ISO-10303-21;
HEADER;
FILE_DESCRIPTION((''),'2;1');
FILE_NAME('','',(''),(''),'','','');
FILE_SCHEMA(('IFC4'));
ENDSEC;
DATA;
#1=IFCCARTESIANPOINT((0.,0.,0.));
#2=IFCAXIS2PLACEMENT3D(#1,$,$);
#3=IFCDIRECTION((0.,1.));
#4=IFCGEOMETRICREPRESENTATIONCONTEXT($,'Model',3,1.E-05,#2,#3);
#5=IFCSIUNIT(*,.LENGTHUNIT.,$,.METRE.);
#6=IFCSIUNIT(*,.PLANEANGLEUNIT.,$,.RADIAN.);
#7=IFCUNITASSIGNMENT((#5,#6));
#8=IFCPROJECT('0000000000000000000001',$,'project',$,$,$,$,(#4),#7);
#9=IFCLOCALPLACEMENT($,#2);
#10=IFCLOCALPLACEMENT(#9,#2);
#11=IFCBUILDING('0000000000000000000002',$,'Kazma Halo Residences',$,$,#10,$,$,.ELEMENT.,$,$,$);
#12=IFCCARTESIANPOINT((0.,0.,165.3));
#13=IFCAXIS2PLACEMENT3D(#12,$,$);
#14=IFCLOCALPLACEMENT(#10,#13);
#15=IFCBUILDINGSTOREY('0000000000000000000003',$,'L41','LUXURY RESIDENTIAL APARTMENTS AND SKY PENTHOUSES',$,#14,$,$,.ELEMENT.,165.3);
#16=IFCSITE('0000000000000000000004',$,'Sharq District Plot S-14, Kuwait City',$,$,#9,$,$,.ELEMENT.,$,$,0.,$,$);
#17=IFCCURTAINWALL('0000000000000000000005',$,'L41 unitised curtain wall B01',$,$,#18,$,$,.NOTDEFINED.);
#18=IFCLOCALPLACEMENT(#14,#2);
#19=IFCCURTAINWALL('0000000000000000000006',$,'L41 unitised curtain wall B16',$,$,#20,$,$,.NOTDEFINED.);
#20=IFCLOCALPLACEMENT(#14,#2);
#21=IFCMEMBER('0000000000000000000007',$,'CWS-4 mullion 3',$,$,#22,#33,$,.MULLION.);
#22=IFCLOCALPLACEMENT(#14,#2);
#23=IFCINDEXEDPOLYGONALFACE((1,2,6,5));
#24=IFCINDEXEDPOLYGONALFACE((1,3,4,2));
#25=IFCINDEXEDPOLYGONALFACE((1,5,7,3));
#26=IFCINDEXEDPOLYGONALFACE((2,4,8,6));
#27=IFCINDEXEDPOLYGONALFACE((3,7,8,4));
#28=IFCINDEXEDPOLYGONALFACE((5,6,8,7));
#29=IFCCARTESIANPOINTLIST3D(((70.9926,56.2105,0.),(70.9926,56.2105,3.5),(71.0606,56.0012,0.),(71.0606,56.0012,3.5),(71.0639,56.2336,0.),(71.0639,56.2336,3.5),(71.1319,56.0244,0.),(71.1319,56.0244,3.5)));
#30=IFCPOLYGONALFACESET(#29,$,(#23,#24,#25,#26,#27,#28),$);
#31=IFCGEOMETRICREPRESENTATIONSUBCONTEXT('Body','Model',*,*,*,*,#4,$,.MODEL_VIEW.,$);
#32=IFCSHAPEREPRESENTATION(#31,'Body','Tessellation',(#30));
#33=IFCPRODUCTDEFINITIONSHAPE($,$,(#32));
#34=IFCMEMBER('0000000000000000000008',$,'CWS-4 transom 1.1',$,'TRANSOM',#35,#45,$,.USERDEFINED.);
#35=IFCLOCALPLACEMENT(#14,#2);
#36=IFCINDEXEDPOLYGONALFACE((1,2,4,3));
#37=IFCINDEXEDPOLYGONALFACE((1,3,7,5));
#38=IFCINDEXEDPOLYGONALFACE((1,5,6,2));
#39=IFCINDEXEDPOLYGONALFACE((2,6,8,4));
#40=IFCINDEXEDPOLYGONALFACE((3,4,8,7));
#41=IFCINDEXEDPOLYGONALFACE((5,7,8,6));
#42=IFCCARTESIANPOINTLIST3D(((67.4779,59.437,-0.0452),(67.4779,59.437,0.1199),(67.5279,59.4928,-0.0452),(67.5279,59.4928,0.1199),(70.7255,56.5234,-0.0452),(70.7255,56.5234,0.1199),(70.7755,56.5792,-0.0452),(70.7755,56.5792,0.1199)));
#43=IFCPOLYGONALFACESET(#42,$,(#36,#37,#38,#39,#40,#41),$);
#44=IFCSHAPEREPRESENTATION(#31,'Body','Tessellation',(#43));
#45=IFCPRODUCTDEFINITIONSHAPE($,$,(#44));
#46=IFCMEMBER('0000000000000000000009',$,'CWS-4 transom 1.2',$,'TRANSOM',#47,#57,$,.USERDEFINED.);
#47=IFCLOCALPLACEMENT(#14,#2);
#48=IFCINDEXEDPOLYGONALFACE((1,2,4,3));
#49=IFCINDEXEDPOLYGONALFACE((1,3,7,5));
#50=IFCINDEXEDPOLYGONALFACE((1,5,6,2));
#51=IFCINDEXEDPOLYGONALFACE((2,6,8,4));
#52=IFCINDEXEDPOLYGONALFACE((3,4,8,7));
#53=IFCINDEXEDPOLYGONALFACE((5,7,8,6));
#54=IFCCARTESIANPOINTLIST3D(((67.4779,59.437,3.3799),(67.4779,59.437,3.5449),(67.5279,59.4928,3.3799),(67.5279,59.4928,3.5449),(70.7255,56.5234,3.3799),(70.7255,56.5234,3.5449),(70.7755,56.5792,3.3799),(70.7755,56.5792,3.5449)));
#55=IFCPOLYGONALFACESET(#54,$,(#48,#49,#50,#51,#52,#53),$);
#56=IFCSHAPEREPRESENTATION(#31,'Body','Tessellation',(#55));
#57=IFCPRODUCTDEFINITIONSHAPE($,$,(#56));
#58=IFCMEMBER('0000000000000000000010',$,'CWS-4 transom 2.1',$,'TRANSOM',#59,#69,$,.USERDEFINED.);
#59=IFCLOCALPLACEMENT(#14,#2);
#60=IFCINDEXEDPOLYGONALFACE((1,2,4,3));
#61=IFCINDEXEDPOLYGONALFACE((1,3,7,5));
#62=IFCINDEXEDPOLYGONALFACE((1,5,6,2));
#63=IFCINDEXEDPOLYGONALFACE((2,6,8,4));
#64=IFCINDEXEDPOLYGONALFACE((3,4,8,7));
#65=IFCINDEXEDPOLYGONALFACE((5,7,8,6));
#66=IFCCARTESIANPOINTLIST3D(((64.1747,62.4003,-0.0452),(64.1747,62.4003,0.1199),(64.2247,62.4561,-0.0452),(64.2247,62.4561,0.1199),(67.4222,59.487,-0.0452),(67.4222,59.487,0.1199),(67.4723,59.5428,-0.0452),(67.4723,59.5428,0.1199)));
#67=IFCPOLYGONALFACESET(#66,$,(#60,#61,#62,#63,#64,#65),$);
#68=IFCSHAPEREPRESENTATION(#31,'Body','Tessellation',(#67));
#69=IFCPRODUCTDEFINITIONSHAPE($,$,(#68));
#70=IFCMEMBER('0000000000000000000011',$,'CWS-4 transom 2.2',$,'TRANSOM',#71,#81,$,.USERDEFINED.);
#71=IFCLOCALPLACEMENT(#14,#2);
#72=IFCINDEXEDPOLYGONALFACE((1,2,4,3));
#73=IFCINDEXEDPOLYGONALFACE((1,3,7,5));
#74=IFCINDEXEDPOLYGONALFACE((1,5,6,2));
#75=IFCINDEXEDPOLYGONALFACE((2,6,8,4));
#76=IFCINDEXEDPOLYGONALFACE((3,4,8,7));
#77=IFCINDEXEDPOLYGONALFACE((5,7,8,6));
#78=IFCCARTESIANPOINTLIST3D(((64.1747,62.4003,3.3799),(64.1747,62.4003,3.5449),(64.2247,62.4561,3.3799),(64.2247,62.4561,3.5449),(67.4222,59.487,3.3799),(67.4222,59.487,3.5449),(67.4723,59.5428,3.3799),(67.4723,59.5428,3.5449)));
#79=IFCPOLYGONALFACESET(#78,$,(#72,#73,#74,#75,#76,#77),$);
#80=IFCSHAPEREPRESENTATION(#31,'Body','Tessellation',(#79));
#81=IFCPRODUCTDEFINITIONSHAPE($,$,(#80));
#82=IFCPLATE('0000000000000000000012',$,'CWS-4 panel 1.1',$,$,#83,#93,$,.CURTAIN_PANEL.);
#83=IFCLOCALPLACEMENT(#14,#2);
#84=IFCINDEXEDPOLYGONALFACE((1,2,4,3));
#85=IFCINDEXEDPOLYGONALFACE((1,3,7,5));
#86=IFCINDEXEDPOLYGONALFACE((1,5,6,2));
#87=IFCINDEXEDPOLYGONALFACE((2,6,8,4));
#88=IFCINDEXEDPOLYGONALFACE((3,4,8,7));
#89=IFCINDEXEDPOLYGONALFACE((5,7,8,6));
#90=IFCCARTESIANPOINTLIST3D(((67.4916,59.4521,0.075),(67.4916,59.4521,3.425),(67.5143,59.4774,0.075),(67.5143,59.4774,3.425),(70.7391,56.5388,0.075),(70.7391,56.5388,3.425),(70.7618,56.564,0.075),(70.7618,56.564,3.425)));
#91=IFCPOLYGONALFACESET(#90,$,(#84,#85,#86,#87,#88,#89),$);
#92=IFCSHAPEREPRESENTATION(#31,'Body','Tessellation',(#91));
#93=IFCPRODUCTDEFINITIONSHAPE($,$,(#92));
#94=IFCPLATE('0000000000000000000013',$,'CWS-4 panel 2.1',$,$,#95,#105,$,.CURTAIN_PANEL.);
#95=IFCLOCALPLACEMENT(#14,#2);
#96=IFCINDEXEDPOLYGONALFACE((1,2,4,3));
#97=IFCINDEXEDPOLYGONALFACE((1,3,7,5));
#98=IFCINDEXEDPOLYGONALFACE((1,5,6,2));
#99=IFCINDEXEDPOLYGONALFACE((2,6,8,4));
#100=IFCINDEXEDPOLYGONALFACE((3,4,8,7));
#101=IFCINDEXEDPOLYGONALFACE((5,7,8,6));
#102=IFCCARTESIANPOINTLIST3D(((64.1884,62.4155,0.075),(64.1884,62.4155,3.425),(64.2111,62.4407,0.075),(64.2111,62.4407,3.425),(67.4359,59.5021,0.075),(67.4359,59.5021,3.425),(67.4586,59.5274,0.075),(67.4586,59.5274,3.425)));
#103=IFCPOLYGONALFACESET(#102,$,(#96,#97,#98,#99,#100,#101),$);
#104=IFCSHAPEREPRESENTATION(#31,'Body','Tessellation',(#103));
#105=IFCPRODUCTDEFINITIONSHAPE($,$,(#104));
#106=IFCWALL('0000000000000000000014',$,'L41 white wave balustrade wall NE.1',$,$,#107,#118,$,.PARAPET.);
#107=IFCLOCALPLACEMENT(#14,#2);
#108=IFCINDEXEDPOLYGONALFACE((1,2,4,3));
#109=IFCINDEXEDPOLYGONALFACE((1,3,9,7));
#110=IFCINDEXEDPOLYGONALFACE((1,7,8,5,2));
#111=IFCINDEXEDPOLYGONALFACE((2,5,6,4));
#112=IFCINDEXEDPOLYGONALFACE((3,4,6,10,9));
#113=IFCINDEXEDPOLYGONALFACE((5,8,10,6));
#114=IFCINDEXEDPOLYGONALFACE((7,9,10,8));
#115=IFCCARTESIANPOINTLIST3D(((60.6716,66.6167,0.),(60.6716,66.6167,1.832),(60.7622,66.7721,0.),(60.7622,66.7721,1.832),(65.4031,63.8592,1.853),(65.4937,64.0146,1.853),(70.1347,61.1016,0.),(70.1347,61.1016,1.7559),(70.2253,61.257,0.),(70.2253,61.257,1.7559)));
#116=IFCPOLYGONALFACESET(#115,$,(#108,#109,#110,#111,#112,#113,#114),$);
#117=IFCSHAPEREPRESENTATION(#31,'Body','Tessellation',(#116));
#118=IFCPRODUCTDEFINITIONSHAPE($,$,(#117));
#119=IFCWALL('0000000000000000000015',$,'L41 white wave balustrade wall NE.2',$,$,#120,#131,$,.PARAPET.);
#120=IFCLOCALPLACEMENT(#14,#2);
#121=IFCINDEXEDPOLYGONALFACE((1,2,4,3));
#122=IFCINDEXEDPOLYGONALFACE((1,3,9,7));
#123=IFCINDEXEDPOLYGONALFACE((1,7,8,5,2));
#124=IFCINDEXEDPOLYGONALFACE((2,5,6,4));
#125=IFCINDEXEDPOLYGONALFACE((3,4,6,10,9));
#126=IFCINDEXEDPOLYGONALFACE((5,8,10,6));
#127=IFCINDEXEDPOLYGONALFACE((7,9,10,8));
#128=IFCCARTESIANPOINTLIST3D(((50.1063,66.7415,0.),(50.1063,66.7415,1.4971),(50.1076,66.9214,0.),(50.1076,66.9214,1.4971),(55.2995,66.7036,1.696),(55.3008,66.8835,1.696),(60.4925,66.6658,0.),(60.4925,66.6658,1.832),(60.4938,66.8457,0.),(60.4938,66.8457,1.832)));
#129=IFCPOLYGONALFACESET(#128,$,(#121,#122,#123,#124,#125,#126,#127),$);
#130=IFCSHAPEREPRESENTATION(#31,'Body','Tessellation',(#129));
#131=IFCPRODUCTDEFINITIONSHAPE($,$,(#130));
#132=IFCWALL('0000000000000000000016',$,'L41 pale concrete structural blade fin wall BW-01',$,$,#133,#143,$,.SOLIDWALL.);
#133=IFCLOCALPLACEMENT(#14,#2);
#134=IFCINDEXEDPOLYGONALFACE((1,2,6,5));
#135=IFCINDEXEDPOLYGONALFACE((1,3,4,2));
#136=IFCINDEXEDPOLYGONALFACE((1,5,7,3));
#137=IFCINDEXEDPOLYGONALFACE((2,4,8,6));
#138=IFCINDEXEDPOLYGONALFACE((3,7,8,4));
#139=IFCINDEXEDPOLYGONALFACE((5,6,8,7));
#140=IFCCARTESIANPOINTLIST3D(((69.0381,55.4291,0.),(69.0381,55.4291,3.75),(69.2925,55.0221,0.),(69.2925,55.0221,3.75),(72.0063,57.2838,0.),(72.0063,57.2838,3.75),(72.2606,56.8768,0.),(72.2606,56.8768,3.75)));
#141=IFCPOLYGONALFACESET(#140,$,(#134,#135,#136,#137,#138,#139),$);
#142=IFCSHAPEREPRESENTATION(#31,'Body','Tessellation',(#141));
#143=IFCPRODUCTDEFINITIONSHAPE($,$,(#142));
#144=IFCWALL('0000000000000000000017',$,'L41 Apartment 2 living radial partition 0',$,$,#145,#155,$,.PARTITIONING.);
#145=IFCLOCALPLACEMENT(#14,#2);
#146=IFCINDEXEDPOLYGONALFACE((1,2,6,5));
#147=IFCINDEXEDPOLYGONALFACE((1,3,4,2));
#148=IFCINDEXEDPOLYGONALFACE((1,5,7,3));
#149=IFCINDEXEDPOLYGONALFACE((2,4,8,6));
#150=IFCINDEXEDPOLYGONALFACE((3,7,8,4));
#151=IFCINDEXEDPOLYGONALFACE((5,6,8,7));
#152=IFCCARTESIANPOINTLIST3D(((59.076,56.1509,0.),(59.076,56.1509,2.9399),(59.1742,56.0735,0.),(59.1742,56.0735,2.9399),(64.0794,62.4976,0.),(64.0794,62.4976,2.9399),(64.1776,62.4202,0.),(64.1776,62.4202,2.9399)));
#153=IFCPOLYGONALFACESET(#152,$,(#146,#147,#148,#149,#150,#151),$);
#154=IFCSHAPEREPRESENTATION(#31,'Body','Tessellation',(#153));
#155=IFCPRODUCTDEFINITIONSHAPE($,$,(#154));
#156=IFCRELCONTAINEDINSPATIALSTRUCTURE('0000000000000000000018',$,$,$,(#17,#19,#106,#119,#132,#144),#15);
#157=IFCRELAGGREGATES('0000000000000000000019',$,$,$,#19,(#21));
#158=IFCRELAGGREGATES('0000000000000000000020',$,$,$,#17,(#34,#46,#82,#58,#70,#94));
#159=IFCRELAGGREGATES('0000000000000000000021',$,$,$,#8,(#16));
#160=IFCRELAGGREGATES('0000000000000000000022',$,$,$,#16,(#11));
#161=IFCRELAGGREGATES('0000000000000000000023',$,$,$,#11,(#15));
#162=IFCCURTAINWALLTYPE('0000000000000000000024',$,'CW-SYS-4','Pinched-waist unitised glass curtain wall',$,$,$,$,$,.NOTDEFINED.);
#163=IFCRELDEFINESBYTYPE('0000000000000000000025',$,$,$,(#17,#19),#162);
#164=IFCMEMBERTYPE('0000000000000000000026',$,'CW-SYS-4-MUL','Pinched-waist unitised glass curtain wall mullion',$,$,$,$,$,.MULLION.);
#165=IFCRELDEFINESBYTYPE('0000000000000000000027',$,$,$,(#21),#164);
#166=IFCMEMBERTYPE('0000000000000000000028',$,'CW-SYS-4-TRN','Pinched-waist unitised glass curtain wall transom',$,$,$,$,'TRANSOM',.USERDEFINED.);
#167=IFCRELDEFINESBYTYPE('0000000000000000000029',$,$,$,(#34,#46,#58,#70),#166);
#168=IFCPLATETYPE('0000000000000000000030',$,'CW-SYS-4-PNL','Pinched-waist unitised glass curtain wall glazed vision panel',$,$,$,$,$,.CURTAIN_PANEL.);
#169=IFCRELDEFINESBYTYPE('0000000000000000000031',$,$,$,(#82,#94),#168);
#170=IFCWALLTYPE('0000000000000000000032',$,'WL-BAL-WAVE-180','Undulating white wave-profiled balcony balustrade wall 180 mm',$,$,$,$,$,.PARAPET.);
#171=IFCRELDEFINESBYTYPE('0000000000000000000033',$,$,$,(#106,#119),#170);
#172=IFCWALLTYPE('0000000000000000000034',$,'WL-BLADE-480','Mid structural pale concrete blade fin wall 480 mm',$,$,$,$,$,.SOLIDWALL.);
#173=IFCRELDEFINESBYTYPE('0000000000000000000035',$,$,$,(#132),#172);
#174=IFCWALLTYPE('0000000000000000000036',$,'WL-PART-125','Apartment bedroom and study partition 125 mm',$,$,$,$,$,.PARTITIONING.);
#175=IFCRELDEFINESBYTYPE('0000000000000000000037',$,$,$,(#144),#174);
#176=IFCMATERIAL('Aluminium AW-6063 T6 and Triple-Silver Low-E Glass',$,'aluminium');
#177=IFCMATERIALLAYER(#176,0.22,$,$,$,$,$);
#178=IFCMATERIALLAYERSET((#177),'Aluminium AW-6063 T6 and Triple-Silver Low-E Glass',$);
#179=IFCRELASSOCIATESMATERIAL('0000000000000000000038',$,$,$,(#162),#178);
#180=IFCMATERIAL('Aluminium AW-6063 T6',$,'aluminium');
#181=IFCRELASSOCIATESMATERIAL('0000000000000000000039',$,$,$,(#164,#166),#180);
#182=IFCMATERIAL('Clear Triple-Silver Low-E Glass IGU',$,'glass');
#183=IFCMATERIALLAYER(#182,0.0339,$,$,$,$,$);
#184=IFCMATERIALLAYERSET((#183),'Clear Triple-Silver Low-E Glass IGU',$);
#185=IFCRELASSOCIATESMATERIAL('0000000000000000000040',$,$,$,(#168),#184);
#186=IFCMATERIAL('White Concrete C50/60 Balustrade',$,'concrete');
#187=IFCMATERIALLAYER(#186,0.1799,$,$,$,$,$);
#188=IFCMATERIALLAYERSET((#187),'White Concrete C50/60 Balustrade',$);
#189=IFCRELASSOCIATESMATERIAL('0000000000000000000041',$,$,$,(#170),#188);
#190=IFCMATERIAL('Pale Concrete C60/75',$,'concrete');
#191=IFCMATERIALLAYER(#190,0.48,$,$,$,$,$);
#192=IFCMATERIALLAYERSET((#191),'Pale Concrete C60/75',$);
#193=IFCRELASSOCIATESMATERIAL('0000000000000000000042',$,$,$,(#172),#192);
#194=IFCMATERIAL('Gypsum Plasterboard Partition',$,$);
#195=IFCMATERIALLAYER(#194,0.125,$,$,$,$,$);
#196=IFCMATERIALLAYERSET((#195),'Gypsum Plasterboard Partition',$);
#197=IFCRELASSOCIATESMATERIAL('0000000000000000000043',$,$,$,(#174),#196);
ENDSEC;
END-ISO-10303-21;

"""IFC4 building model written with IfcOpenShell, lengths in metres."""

from ifc_helpers import new_model, si_unit, direction, frame, frame_2d, origin, origin_2d, place, context, subcontext, project, spatial, polyline, rectangle, outline, extrude, material, layer, layer_set, material_profile, profile_set, type_object, element, aggregate, save


model = new_model("IFC4")

# Units and contexts
model_context = context("Model", 3, precision=1e-05, world=origin(), true_north=direction((0.0, 1.0)))
body_context = subcontext(model_context, "Body", "Model", "MODEL_VIEW")
ifc_project = project(units=[si_unit("LENGTHUNIT", "METRE"), si_unit("PLANEANGLEUNIT", "RADIAN")], contexts=[model_context])

# Site, building, storey
site_placement = place(None, origin())
site = spatial("IfcSite", under=ifc_project, at=site_placement, Name="Sharq District Plot S-14, Kuwait City", CompositionType="ELEMENT", RefElevation=0.0)
building_placement = place(site_placement, origin())
building = spatial("IfcBuilding", under=site, at=building_placement, Name="Kazma Halo Residences", CompositionType="ELEMENT")
storey_placement = place(building_placement, frame((0.0, 0.0, 165.3)))
storey = spatial("IfcBuildingStorey", under=building, at=storey_placement, Name="L41", Description="LUXURY RESIDENTIAL APARTMENTS AND SKY PENTHOUSES", CompositionType="ELEMENT", Elevation=165.3)

# Curtain wall
ifc_material_1 = material(Name="Aluminium AW-6063 T6 and Triple-Silver Low-E Glass", Category="aluminium")
ifc_layer_1 = layer(ifc_material_1, 0.22)
ifc_layer_set_1 = layer_set([ifc_layer_1], Name="Aluminium AW-6063 T6 and Triple-Silver Low-E Glass")
curtain_wall_type = type_object("IfcCurtainWallType", Name="CW-SYS-4", Description="Pinched-waist unitised glass curtain wall", PredefinedType="NOTDEFINED", material=ifc_layer_set_1)
curtain_wall_1_placement = place(storey_placement, origin())
curtain_wall_1 = element("IfcCurtainWall", 1, at=curtain_wall_1_placement, inside=storey, type_object=curtain_wall_type, Name="L41 unitised curtain wall B01", PredefinedType="NOTDEFINED")
ifc_material_2 = material(Name="Aluminium AW-6063 T6", Category="aluminium")
ifc_material_profile_1 = material_profile(ifc_material_2, rectangle(XDim=0.075, YDim=0.22, at=origin_2d()), Name="CWM-75x220")
ifc_profile_set_1 = profile_set([ifc_material_profile_1], Name="Aluminium AW-6063 T6")
member_type_1 = type_object("IfcMemberType", Name="CW-SYS-4-MUL", Description="Pinched-waist unitised glass curtain wall mullion", PredefinedType="MULLION", material=ifc_profile_set_1)

# Curtain wall, member
curtain_wall_2_placement = place(storey_placement, origin())
curtain_wall_2 = element("IfcCurtainWall", 2, at=curtain_wall_2_placement, inside=storey, type_object=curtain_wall_type, Name="L41 unitised curtain wall B16", PredefinedType="NOTDEFINED")
member_1_placement = place(storey_placement, frame((71.0623, 56.1174, 0.0), z_axis=(0.0, 0.0, 1.0), x_axis=(-0.951058, -0.309014, 0.0)))
member_1 = element("IfcMember", 3, at=member_1_placement, type_object=member_type_1, Name="CWS-4 mullion 3", PredefinedType="MULLION", context=body_context, shape_type="SweptSolid", body=[
    extrude(rectangle(XDim=0.075, YDim=0.22, at=origin_2d()), origin(), (0.0, 0.0, 1.0), 3.5),
])
aggregate(curtain_wall_2, [member_1])

# Members
ifc_material_profile_2 = material_profile(ifc_material_2, rectangle(XDim=0.075, YDim=0.165, at=origin_2d()), Name="CWT-75x165")
ifc_profile_set_2 = profile_set([ifc_material_profile_2], Name="Aluminium AW-6063 T6")
member_type_2 = type_object("IfcMemberType", Name="CW-SYS-4-TRN", Description="Pinched-waist unitised glass curtain wall transom", ElementType="TRANSOM", PredefinedType="USERDEFINED", material=ifc_profile_set_2)
member_2_placement = place(storey_placement, frame((70.7505, 56.5513, 0.0374), z_axis=(-0.744345, 0.667795, 0.0), x_axis=(-0.667795, -0.744345, 0.0)))
member_2 = element("IfcMember", 4, at=member_2_placement, type_object=member_type_2, Name="CWS-4 transom 1.1", ObjectType="TRANSOM", PredefinedType="USERDEFINED", context=body_context, shape_type="SweptSolid", body=[
    extrude(rectangle(XDim=0.075, YDim=0.165, at=origin_2d()), origin(), (0.0, 0.0, 1.0), 4.363),
])
member_3_placement = place(storey_placement, frame((70.7505, 56.5513, 3.4624), z_axis=(-0.744345, 0.667795, 0.0), x_axis=(-0.667795, -0.744345, 0.0)))
member_3 = element("IfcMember", 5, at=member_3_placement, type_object=member_type_2, Name="CWS-4 transom 1.2", ObjectType="TRANSOM", PredefinedType="USERDEFINED", context=body_context, shape_type="SweptSolid", body=[
    extrude(rectangle(XDim=0.075, YDim=0.165, at=origin_2d()), origin(), (0.0, 0.0, 1.0), 4.363),
])
member_4_placement = place(storey_placement, frame((67.4473, 59.5149, 0.0374), z_axis=(-0.744373, 0.667764, 0.0), x_axis=(-0.667764, -0.744373, 0.0)))
member_4 = element("IfcMember", 6, at=member_4_placement, type_object=member_type_2, Name="CWS-4 transom 2.1", ObjectType="TRANSOM", PredefinedType="USERDEFINED", context=body_context, shape_type="SweptSolid", body=[
    extrude(rectangle(XDim=0.075, YDim=0.165, at=origin_2d()), origin(), (0.0, 0.0, 1.0), 4.3628),
])
member_5_placement = place(storey_placement, frame((67.4473, 59.5149, 3.4624), z_axis=(-0.744373, 0.667764, 0.0), x_axis=(-0.667764, -0.744373, 0.0)))
member_5 = element("IfcMember", 7, at=member_5_placement, type_object=member_type_2, Name="CWS-4 transom 2.2", ObjectType="TRANSOM", PredefinedType="USERDEFINED", context=body_context, shape_type="SweptSolid", body=[
    extrude(rectangle(XDim=0.075, YDim=0.165, at=origin_2d()), origin(), (0.0, 0.0, 1.0), 4.3628),
])

# Plates
ifc_material_3 = material(Name="Clear Triple-Silver Low-E Glass IGU", Category="glass")
ifc_layer_2 = layer(ifc_material_3, 0.0339)
ifc_layer_set_2 = layer_set([ifc_layer_2], Name="Clear Triple-Silver Low-E Glass IGU")
plate_type = type_object("IfcPlateType", Name="CW-SYS-4-PNL", Description="Pinched-waist unitised glass curtain wall glazed vision panel", PredefinedType="CURTAIN_PANEL", material=ifc_layer_set_2)
plate_1_placement = place(storey_placement, frame((69.1267, 58.0081, 0.075), z_axis=(0.0, 0.0, 1.0), x_axis=(-0.744368, 0.66777, 0.0)))
plate_1 = element("IfcPlate", 8, at=plate_1_placement, type_object=plate_type, Name="CWS-4 panel 1.1", PredefinedType="CURTAIN_PANEL", context=body_context, shape_type="SweptSolid", body=[
    extrude(rectangle(XDim=4.3628, YDim=0.0339, at=origin_2d()), origin(), (0.0, 0.0, 1.0), 3.3501),
])
plate_2_placement = place(storey_placement, frame((65.8235, 60.9714, 0.075), z_axis=(0.0, 0.0, 1.0), x_axis=(-0.744368, 0.66777, 0.0)))
plate_2 = element("IfcPlate", 9, at=plate_2_placement, type_object=plate_type, Name="CWS-4 panel 2.1", PredefinedType="CURTAIN_PANEL", context=body_context, shape_type="SweptSolid", body=[
    extrude(rectangle(XDim=4.3628, YDim=0.0339, at=origin_2d()), origin(), (0.0, 0.0, 1.0), 3.3501),
])
aggregate(curtain_wall_1, [member_2, member_3, plate_1, member_4, member_5, plate_2])

# Walls
ifc_material_4 = material(Name="White Concrete C50/60 Balustrade", Category="concrete")
ifc_layer_3 = layer(ifc_material_4, 0.1799)
ifc_layer_set_3 = layer_set([ifc_layer_3], Name="White Concrete C50/60 Balustrade")
wall_type_1 = type_object("IfcWallType", Name="WL-BAL-WAVE-180", Description="Undulating white wave-profiled balcony balustrade wall 180 mm", PredefinedType="PARAPET", material=ifc_layer_set_3)
wall_1_placement = place(storey_placement, frame((70.1799, 61.1792, 0.0), z_axis=(0.0, 0.0, 1.0), x_axis=(-0.863979, 0.503529, 0.0)))
element("IfcWall", 10, at=wall_1_placement, inside=storey, type_object=wall_type_1, Name="L41 white wave balustrade wall NE.1", PredefinedType="PARAPET", context=body_context, shape_type="SweptSolid", body=[
    extrude(outline(polyline([(0.0, 0.0), (10.9529, 0.0), (10.9529, 1.832), (5.4766, 1.853), (0.0, 1.7559), (0.0, 0.0)])), frame((0.0, 0.0898, 0.0), z_axis=(0.0, -1.0, 0.0), x_axis=(1.0, 0.0, 0.0)), (0.0, 0.0, 1.0), 0.1799),
])
wall_2_placement = place(storey_placement, frame((60.4932, 66.7556, 0.0), z_axis=(0.0, 0.0, 1.0), x_axis=(-0.999973, 0.007287, 0.0)))
element("IfcWall", 11, at=wall_2_placement, inside=storey, type_object=wall_type_1, Name="L41 white wave balustrade wall NE.2", PredefinedType="PARAPET", context=body_context, shape_type="SweptSolid", body=[
    extrude(outline(polyline([(0.0, 0.0), (10.3865, 0.0), (10.3865, 1.4971), (5.1931, 1.696), (0.0, 1.832), (0.0, 0.0)])), frame((0.0, 0.0898, 0.0), z_axis=(0.0, -1.0, 0.0), x_axis=(1.0, 0.0, 0.0)), (0.0, 0.0, 1.0), 0.1799),
])
ifc_material_5 = material(Name="Pale Concrete C60/75", Category="concrete")
ifc_layer_4 = layer(ifc_material_5, 0.48)
ifc_layer_set_4 = layer_set([ifc_layer_4], Name="Pale Concrete C60/75")
wall_type_2 = type_object("IfcWallType", Name="WL-BLADE-480", Description="Mid structural pale concrete blade fin wall 480 mm", PredefinedType="SOLIDWALL", material=ifc_layer_set_4)
wall_3_placement = place(storey_placement, frame((69.1653, 55.2256, 0.0), z_axis=(0.0, 0.0, 1.0), x_axis=(0.848053, 0.529911, 0.0)))
element("IfcWall", 12, at=wall_3_placement, inside=storey, type_object=wall_type_2, Name="L41 pale concrete structural blade fin wall BW-01", PredefinedType="SOLIDWALL", context=body_context, shape_type="SweptSolid", body=[
    extrude(rectangle(XDim=3.5, YDim=0.48, at=frame_2d((1.75, 0.0))), origin(), (0.0, 0.0, 1.0), 3.75),
])

# Wall
ifc_material_6 = material(Name="Gypsum Plasterboard Partition")
ifc_layer_5 = layer(ifc_material_6, 0.125)
ifc_layer_set_5 = layer_set([ifc_layer_5], Name="Gypsum Plasterboard Partition")
wall_type_3 = type_object("IfcWallType", Name="WL-PART-125", Description="Apartment bedroom and study partition 125 mm", PredefinedType="PARTITIONING", material=ifc_layer_set_5)
wall_4_placement = place(storey_placement, frame((59.125, 56.1121, 0.0), z_axis=(0.0, 0.0, 1.0), x_axis=(0.619102, 0.785311, 0.0)))
element("IfcWall", 13, at=wall_4_placement, inside=storey, type_object=wall_type_3, Name="L41 Apartment 2 living radial partition 0", PredefinedType="PARTITIONING", context=body_context, shape_type="SweptSolid", body=[
    extrude(rectangle(XDim=8.0818, YDim=0.125, at=frame_2d((4.041, 0.0))), origin(), (0.0, 0.0, 1.0), 2.9399),
])

save(model, "model.ifc")
